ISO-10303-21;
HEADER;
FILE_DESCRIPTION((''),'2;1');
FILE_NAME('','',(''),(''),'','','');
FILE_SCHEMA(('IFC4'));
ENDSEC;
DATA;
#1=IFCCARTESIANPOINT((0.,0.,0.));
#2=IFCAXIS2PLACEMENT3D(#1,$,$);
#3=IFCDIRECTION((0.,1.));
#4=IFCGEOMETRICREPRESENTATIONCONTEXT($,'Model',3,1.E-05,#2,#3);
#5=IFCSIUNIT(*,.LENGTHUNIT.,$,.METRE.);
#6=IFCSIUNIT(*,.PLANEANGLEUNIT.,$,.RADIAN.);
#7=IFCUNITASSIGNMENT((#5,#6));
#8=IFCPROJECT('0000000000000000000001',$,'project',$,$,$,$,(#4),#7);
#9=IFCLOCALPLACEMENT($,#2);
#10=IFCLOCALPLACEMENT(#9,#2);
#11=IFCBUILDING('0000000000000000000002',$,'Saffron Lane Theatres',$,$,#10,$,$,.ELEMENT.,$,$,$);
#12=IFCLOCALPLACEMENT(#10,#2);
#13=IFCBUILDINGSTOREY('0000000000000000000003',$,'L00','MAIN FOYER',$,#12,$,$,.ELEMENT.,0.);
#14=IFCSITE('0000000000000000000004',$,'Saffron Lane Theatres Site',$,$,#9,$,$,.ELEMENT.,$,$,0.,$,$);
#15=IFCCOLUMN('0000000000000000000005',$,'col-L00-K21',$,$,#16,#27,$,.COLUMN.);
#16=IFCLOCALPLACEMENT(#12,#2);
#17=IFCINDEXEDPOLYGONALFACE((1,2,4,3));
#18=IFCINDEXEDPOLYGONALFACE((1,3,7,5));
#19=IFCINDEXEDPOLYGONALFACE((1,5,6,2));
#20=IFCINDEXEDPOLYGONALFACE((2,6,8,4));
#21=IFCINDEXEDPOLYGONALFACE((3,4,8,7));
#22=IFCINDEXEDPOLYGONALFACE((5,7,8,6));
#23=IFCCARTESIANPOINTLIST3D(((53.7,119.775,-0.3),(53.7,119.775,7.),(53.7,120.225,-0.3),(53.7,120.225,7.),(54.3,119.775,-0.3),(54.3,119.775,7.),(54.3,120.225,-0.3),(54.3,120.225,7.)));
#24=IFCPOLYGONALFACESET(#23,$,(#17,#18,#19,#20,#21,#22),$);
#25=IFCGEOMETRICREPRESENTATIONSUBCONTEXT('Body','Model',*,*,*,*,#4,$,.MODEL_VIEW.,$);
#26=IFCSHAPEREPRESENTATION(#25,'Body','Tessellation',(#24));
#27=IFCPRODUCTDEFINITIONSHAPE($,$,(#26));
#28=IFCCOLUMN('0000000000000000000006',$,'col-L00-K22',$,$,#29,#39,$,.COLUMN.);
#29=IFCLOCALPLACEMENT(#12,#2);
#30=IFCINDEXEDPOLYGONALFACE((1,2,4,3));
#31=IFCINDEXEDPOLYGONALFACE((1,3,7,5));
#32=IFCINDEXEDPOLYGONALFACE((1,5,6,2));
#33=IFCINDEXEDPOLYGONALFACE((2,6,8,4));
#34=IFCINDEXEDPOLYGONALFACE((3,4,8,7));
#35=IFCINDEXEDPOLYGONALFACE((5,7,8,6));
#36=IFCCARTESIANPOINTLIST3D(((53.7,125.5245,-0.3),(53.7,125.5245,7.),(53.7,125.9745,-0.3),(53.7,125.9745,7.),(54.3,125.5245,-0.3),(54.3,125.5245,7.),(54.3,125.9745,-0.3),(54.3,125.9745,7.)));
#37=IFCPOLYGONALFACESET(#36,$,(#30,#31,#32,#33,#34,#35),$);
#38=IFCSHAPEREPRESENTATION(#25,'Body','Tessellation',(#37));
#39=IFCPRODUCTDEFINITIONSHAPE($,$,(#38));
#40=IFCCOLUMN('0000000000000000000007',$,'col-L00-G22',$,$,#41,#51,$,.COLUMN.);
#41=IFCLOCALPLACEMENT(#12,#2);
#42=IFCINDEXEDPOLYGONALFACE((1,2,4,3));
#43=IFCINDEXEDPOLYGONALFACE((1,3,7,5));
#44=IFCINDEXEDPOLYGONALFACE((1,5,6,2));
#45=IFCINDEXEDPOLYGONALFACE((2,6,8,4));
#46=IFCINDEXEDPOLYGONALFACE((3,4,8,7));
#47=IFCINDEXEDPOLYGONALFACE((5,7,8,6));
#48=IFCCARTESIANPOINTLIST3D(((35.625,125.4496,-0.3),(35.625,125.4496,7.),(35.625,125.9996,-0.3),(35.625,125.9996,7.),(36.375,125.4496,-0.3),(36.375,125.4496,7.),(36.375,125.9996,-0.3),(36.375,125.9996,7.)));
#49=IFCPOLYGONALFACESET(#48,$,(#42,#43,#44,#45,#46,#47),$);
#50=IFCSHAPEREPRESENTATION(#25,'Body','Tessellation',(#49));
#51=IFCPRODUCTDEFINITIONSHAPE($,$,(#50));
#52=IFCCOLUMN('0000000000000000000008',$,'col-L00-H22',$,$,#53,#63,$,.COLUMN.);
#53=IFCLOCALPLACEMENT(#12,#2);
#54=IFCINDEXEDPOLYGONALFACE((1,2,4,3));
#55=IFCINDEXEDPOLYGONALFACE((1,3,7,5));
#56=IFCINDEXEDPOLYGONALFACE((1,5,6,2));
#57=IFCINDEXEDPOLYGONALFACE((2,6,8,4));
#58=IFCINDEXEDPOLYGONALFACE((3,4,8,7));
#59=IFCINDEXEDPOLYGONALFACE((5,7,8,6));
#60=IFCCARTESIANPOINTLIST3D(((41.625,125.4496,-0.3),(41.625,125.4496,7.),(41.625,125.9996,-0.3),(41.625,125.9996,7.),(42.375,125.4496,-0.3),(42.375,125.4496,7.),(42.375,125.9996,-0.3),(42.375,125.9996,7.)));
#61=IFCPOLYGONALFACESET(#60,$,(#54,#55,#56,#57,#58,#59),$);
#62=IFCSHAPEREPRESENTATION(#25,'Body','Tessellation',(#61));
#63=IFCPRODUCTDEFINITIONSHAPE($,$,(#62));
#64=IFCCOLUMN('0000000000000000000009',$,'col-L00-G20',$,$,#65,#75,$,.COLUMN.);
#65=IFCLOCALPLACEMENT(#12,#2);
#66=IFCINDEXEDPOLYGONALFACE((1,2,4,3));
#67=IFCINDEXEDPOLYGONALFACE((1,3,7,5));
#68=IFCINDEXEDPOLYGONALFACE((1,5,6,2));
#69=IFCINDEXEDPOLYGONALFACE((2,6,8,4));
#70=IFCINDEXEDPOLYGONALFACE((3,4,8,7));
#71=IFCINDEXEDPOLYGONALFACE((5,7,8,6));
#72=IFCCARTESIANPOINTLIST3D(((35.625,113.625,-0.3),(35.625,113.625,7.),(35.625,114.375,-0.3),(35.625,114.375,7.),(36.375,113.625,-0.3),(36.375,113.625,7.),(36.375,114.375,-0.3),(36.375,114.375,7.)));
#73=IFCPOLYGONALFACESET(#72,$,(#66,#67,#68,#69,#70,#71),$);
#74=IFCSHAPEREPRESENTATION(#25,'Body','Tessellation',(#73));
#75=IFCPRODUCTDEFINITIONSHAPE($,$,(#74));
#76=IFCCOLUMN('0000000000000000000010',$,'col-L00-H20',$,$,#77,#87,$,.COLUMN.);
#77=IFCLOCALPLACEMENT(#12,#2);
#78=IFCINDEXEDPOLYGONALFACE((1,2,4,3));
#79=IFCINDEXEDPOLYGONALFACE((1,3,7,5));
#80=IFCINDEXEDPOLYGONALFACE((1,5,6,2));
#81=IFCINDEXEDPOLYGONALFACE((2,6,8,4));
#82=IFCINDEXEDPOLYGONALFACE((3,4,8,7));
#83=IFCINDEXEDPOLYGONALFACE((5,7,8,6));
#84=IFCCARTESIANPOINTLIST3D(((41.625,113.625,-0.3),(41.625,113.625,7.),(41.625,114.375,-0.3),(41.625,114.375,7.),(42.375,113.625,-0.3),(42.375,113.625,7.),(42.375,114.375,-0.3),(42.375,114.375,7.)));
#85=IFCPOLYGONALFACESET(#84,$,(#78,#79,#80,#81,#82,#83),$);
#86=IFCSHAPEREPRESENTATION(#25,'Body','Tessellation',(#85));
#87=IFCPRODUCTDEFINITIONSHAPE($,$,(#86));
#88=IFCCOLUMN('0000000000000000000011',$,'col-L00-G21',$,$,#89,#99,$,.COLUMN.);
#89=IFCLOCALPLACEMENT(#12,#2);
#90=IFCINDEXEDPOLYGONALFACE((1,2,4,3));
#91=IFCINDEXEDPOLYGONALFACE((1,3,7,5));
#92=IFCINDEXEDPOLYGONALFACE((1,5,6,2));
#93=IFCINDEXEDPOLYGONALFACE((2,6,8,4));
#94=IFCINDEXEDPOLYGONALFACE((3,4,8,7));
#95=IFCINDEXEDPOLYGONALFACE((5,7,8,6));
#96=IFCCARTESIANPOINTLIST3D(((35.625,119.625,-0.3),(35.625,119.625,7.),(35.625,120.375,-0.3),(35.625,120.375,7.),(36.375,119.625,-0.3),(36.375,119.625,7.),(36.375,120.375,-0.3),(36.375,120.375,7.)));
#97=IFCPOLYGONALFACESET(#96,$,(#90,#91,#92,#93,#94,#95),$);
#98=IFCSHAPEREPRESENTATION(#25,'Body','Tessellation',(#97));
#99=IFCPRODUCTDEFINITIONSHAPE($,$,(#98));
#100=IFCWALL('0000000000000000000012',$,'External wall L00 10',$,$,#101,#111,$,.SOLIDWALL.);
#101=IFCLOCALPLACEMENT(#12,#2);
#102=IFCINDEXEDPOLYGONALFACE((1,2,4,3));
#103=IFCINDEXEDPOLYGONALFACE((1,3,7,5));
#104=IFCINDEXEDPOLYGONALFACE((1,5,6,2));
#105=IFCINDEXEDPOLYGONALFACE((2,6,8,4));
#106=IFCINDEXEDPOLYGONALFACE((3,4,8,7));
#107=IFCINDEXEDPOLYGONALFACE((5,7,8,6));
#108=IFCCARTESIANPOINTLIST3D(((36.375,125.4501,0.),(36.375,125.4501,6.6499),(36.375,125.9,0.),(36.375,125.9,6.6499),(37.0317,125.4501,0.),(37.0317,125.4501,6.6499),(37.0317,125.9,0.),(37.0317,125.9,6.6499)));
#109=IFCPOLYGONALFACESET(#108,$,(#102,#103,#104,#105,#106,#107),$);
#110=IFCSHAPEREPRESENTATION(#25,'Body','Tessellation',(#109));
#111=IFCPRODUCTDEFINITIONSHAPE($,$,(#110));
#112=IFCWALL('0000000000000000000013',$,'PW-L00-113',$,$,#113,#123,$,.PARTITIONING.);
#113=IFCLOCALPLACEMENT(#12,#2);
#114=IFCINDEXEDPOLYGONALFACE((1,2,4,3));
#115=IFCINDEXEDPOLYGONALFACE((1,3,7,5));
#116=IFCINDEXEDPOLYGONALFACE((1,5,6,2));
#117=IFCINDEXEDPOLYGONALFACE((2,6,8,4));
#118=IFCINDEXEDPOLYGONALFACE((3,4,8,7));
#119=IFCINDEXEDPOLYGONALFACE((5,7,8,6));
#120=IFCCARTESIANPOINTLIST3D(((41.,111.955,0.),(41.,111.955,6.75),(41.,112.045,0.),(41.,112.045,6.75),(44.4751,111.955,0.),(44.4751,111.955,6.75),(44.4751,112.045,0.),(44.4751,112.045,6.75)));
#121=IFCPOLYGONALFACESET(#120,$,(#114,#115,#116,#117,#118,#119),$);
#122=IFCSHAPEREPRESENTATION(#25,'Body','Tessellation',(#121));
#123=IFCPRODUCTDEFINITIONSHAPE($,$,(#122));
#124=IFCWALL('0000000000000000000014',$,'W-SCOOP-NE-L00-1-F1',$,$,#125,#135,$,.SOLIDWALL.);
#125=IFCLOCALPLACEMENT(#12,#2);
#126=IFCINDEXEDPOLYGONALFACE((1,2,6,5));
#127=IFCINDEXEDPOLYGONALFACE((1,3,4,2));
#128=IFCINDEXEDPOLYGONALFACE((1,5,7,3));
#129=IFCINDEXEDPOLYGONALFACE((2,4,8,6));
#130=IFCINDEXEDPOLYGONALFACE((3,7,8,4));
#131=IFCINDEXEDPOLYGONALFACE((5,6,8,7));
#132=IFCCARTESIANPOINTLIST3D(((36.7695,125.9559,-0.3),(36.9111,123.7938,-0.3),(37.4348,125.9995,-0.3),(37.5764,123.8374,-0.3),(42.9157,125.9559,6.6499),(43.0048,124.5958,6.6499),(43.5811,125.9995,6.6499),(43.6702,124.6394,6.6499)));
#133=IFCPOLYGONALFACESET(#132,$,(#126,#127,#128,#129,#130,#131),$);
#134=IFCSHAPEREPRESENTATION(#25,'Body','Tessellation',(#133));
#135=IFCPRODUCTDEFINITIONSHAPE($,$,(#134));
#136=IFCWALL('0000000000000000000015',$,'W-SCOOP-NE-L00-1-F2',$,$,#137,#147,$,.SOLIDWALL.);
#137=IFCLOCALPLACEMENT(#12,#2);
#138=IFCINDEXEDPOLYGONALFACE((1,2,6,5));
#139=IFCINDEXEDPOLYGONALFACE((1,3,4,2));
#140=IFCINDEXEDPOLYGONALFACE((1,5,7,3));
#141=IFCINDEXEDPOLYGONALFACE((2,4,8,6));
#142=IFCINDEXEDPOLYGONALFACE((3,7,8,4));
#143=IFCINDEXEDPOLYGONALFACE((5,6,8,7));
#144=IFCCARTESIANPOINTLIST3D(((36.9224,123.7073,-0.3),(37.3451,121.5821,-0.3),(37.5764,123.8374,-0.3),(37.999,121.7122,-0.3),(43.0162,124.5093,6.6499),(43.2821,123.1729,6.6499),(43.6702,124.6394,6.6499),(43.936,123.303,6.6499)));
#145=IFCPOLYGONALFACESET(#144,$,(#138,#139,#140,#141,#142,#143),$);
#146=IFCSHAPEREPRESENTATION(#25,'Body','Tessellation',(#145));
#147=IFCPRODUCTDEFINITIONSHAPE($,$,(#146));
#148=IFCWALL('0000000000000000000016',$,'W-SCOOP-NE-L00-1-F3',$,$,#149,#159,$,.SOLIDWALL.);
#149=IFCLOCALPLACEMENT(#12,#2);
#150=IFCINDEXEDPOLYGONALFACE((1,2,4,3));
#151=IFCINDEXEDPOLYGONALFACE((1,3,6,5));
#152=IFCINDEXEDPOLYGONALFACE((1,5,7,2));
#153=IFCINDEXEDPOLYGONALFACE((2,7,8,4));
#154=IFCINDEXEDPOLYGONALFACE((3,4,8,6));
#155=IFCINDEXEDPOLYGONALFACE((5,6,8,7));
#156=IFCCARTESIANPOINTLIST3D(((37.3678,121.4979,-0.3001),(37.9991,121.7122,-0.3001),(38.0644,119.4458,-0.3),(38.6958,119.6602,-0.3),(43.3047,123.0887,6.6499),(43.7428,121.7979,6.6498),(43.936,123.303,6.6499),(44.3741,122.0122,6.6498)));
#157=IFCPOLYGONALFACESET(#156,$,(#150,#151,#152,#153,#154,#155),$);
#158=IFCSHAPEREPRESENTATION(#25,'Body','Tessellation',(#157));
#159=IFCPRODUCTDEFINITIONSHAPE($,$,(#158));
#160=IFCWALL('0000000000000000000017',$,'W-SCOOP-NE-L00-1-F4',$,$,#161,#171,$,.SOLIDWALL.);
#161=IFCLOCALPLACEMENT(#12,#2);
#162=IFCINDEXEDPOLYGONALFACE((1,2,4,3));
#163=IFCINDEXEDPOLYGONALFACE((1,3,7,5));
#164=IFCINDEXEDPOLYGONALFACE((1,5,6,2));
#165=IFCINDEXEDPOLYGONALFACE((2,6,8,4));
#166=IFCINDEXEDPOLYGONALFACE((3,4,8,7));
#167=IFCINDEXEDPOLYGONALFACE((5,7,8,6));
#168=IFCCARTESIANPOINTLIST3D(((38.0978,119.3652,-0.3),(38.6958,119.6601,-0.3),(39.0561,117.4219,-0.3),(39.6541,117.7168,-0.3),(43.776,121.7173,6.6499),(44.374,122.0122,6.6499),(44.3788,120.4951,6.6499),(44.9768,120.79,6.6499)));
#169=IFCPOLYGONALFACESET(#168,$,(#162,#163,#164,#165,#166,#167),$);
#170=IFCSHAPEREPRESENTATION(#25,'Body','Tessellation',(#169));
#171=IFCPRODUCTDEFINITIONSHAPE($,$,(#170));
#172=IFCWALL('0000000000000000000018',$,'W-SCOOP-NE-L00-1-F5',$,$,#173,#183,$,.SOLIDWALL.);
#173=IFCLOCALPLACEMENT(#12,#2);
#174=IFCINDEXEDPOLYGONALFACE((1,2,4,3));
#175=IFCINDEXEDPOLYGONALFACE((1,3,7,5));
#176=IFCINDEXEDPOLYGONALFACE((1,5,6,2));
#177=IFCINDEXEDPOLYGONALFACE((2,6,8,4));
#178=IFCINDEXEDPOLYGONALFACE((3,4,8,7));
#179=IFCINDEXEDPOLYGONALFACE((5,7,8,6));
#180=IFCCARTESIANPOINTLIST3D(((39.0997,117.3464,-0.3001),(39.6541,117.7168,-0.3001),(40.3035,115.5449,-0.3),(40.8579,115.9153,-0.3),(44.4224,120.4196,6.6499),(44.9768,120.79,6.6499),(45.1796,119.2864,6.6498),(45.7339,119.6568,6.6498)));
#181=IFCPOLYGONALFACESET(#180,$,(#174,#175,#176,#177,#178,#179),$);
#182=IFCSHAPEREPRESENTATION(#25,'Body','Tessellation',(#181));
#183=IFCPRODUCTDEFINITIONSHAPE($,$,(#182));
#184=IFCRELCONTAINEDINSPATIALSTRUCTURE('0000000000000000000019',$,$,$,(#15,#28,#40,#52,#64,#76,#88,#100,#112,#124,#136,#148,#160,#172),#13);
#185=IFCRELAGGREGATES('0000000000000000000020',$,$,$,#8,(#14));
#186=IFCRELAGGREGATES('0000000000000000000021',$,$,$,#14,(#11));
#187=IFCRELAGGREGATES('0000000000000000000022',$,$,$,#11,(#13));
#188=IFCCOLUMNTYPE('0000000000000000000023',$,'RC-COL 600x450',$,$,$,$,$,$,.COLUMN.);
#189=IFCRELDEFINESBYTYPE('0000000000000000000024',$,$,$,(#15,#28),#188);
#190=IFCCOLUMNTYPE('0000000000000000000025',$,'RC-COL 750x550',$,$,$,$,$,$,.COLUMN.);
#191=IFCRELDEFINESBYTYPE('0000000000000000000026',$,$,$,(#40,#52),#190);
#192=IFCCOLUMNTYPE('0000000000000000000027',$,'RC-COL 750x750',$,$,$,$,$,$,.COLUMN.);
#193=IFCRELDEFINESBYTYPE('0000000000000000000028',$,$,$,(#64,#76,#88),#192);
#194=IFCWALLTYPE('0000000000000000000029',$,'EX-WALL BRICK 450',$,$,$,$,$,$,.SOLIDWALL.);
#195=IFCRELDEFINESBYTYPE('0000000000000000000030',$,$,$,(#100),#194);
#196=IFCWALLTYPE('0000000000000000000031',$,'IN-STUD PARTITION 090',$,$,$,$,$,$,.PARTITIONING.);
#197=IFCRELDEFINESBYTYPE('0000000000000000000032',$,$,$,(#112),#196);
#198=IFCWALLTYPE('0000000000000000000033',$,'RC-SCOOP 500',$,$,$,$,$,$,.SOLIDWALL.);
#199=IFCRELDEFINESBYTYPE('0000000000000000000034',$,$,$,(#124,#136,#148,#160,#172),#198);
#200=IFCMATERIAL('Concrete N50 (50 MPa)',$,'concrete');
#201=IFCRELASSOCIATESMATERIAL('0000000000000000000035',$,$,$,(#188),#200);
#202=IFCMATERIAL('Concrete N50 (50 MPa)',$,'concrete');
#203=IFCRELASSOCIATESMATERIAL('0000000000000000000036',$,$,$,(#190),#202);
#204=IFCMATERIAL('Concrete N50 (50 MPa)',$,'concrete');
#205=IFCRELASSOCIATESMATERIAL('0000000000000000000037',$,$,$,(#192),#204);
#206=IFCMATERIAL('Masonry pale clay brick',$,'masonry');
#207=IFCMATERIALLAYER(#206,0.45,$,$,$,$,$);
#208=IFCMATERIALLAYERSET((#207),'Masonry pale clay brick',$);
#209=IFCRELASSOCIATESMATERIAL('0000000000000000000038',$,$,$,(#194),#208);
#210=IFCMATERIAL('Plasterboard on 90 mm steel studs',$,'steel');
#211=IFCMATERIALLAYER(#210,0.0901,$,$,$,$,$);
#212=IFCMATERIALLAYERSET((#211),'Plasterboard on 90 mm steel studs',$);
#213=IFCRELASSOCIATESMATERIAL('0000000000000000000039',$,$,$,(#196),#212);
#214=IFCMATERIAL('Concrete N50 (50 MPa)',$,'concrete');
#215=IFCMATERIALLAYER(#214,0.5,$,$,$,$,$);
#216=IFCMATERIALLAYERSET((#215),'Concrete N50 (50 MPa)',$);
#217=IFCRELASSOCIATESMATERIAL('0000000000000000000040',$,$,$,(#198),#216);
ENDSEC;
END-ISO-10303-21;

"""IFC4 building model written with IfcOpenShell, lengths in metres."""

from ifc_helpers import new_model, si_unit, direction, frame, frame_2d, origin, origin_2d, place, context, subcontext, project, spatial, polyline, rectangle, outline, extrude, material, layer, layer_set, material_profile, profile_set, type_object, element, save


model = new_model("IFC4")

# Units and contexts
model_context = context("Model", 3, precision=1e-05, world=origin(), true_north=direction((0.0, 1.0)))
body_context = subcontext(model_context, "Body", "Model", "MODEL_VIEW")
ifc_project = project(units=[si_unit("LENGTHUNIT", "METRE"), si_unit("PLANEANGLEUNIT", "RADIAN")], contexts=[model_context])

# Site, building, storey
site_placement = place(None, origin())
site = spatial("IfcSite", under=ifc_project, at=site_placement, Name="Saffron Lane Theatres Site", CompositionType="ELEMENT", RefElevation=0.0)
building_placement = place(site_placement, origin())
building = spatial("IfcBuilding", under=site, at=building_placement, Name="Saffron Lane Theatres", CompositionType="ELEMENT")
storey_placement = place(building_placement, origin())
storey = spatial("IfcBuildingStorey", under=building, at=storey_placement, Name="L00", Description="MAIN FOYER", CompositionType="ELEMENT", Elevation=0.0)

# Columns
ifc_material_1 = material(Name="Concrete N50 (50 MPa)", Category="concrete")
ifc_material_profile_1 = material_profile(ifc_material_1, rectangle(XDim=0.6001, YDim=0.45, at=origin_2d()))
ifc_profile_set_1 = profile_set([ifc_material_profile_1], Name="Concrete N50 (50 MPa)")
column_type_1 = type_object("IfcColumnType", Name="RC-COL 600x450", PredefinedType="COLUMN", material=ifc_profile_set_1)
for number, where, z_axis, x_axis, name in (
    (1, (54.0, 120.0, -0.3), (0.0, 0.0, 1.0), (1.0, 0.0, 0.0), "col-L00-K21"),
    (2, (54.0, 125.7495, -0.3), (0.0, 0.0, 1.0), (1.0, 0.0, 0.0), "col-L00-K22"),
):
    element("IfcColumn", number, at=place(storey_placement, frame(where, z_axis=z_axis, x_axis=x_axis)), inside=storey, type_object=column_type_1, Name=name, PredefinedType="COLUMN", context=body_context, shape_type="SweptSolid", body=[
        extrude(rectangle(XDim=0.6001, YDim=0.45, at=origin_2d()), origin(), (0.0, 0.0, 1.0), 7.3),
    ])
ifc_material_2 = material(Name="Concrete N50 (50 MPa)", Category="concrete")
ifc_material_profile_2 = material_profile(ifc_material_2, rectangle(XDim=0.75, YDim=0.55, at=origin_2d()))
ifc_profile_set_2 = profile_set([ifc_material_profile_2], Name="Concrete N50 (50 MPa)")
column_type_2 = type_object("IfcColumnType", Name="RC-COL 750x550", PredefinedType="COLUMN", material=ifc_profile_set_2)
for number, where, z_axis, x_axis, name in (
    (3, (36.0, 125.7246, -0.3), (0.0, 0.0, 1.0), (1.0, 0.0, 0.0), "col-L00-G22"),
    (4, (42.0, 125.7246, -0.3), (0.0, 0.0, 1.0), (1.0, 0.0, 0.0), "col-L00-H22"),
):
    element("IfcColumn", number, at=place(storey_placement, frame(where, z_axis=z_axis, x_axis=x_axis)), inside=storey, type_object=column_type_2, Name=name, PredefinedType="COLUMN", context=body_context, shape_type="SweptSolid", body=[
        extrude(rectangle(XDim=0.75, YDim=0.55, at=origin_2d()), origin(), (0.0, 0.0, 1.0), 7.3),
    ])
ifc_material_3 = material(Name="Concrete N50 (50 MPa)", Category="concrete")
ifc_material_profile_3 = material_profile(ifc_material_3, rectangle(XDim=0.75, YDim=0.75, at=origin_2d()))
ifc_profile_set_3 = profile_set([ifc_material_profile_3], Name="Concrete N50 (50 MPa)")
column_type_3 = type_object("IfcColumnType", Name="RC-COL 750x750", PredefinedType="COLUMN", material=ifc_profile_set_3)
for number, where, z_axis, x_axis, name in (
    (5, (36.0, 114.0, -0.3), (0.0, 0.0, 1.0), (1.0, 0.0, 0.0), "col-L00-G20"),
    (6, (42.0, 114.0, -0.3), (0.0, 0.0, 1.0), (1.0, 0.0, 0.0), "col-L00-H20"),
    (7, (36.0, 120.0, -0.3), (0.0, 0.0, 1.0), (1.0, 0.0, 0.0), "col-L00-G21"),
):
    element("IfcColumn", number, at=place(storey_placement, frame(where, z_axis=z_axis, x_axis=x_axis)), inside=storey, type_object=column_type_3, Name=name, PredefinedType="COLUMN", context=body_context, shape_type="SweptSolid", body=[
        extrude(rectangle(XDim=0.75, YDim=0.75, at=origin_2d()), origin(), (0.0, 0.0, 1.0), 7.3),
    ])

# Walls
ifc_material_4 = material(Name="Masonry pale clay brick", Category="masonry")
ifc_layer_1 = layer(ifc_material_4, 0.45)
ifc_layer_set_1 = layer_set([ifc_layer_1], Name="Masonry pale clay brick")
wall_type_1 = type_object("IfcWallType", Name="EX-WALL BRICK 450", PredefinedType="SOLIDWALL", material=ifc_layer_set_1)
wall_1_placement = place(storey_placement, frame((36.375, 125.675, 0.0), z_axis=(0.0, 0.0, 1.0), x_axis=(1.0, 0.0, 0.0)))
element("IfcWall", 8, at=wall_1_placement, inside=storey, type_object=wall_type_1, Name="External wall L00 10", PredefinedType="SOLIDWALL", context=body_context, shape_type="SweptSolid", body=[
    extrude(rectangle(XDim=0.6567, YDim=0.45, at=frame_2d((0.3284, 0.0))), origin(), (0.0, 0.0, 1.0), 6.6499),
])
ifc_material_5 = material(Name="Plasterboard on 90 mm steel studs", Category="steel")
ifc_layer_2 = layer(ifc_material_5, 0.0901)
ifc_layer_set_2 = layer_set([ifc_layer_2], Name="Plasterboard on 90 mm steel studs")
wall_type_2 = type_object("IfcWallType", Name="IN-STUD PARTITION 090", PredefinedType="PARTITIONING", material=ifc_layer_set_2)
wall_2_placement = place(storey_placement, frame((41.0, 112.0, 0.0), z_axis=(0.0, 0.0, 1.0), x_axis=(1.0, 0.0, 0.0)))
element("IfcWall", 9, at=wall_2_placement, inside=storey, type_object=wall_type_2, Name="PW-L00-113", PredefinedType="PARTITIONING", context=body_context, shape_type="SweptSolid", body=[
    extrude(rectangle(XDim=3.4751, YDim=0.0901, at=frame_2d((1.7375, 0.0))), origin(), (0.0, 0.0, 1.0), 6.75),
])
ifc_material_6 = material(Name="Concrete N50 (50 MPa)", Category="concrete")
ifc_layer_3 = layer(ifc_material_6, 0.5)
ifc_layer_set_3 = layer_set([ifc_layer_3], Name="Concrete N50 (50 MPa)")
wall_type_3 = type_object("IfcWallType", Name="RC-SCOOP 500", PredefinedType="SOLIDWALL", material=ifc_layer_set_3)
wall_3_placement = place(storey_placement, frame((37.5764, 123.8374, -0.3), z_axis=(-0.748191, -0.049008, 0.661671), x_axis=(-0.065358, 0.997862, 0.000005)))
element("IfcWall", 10, at=wall_3_placement, inside=storey, type_object=wall_type_3, Name="W-SCOOP-NE-L00-1-F1", PredefinedType="SOLIDWALL", context=body_context, shape_type="SweptSolid", body=[
    extrude(outline(polyline([(0.0, 0.0), (2.1667, 0.0), (1.7651, -9.2691), (0.402, -9.2692), (0.0, 0.0)])), origin(), (-0.000045, 0.661671, 0.749795), 0.6667),
])
wall_4_placement = place(storey_placement, frame((37.999, 121.7122, -0.3), z_axis=(-0.735387, -0.146258, 0.661676), x_axis=(-0.195051, 0.980793, 0.000016)))
element("IfcWall", 11, at=wall_4_placement, inside=storey, type_object=wall_type_3, Name="W-SCOOP-NE-L00-1-F2", PredefinedType="SOLIDWALL", context=body_context, shape_type="SweptSolid", body=[
    extrude(outline(polyline([(0.0, 0.0), (2.1669, 0.0), (1.765, -9.2692), (0.4024, -9.2692), (0.0, 0.0)])), origin(), (-0.00004, 0.661676, 0.74979), 0.6667),
])
wall_5_placement = place(storey_placement, frame((38.6958, 119.6602, -0.3), z_axis=(-0.710001, -0.241023, 0.66167), x_axis=(-0.321485, 0.946915, -0.000041)))
element("IfcWall", 12, at=wall_5_placement, inside=storey, type_object=wall_type_3, Name="W-SCOOP-NE-L00-1-F3", PredefinedType="SOLIDWALL", context=body_context, shape_type="SweptSolid", body=[
    extrude(outline(polyline([(0.0, 0.0), (2.1671, 0.0), (1.7645, -9.2692), (0.4014, -9.269), (0.0, 0.0)])), origin(), (0.000049, 0.66167, 0.749795), 0.6667),
])
wall_6_placement = place(storey_placement, frame((39.6541, 117.7168, -0.3), z_axis=(-0.672478, -0.331623, 0.661664), x_axis=(-0.442267, 0.896883, 0.000018)))
element("IfcWall", 13, at=wall_6_placement, inside=storey, type_object=wall_type_3, Name="W-SCOOP-NE-L00-1-F4", PredefinedType="SOLIDWALL", context=body_context, shape_type="SweptSolid", body=[
    extrude(outline(polyline([(0.0, 0.0), (2.1668, 0.0), (1.7651, -9.269), (0.4024, -9.2691), (0.0, 0.0)])), origin(), (-0.000024, 0.661664, 0.7498), 0.6667),
])
wall_7_placement = place(storey_placement, frame((40.8579, 115.9153, -0.3), z_axis=(-0.623441, -0.416561, 0.661663), x_axis=(-0.555583, 0.831461, -0.000029)))
element("IfcWall", 14, at=wall_7_placement, inside=storey, type_object=wall_type_3, Name="W-SCOOP-NE-L00-1-F5", PredefinedType="SOLIDWALL", context=body_context, shape_type="SweptSolid", body=[
    extrude(outline(polyline([(0.0, 0.0), (2.1667, 0.0), (1.7646, -9.2691), (0.4017, -9.269), (0.0, 0.0)])), origin(), (0.000016, 0.661663, 0.749802), 0.6667),
])

save(model, "model.ifc")
